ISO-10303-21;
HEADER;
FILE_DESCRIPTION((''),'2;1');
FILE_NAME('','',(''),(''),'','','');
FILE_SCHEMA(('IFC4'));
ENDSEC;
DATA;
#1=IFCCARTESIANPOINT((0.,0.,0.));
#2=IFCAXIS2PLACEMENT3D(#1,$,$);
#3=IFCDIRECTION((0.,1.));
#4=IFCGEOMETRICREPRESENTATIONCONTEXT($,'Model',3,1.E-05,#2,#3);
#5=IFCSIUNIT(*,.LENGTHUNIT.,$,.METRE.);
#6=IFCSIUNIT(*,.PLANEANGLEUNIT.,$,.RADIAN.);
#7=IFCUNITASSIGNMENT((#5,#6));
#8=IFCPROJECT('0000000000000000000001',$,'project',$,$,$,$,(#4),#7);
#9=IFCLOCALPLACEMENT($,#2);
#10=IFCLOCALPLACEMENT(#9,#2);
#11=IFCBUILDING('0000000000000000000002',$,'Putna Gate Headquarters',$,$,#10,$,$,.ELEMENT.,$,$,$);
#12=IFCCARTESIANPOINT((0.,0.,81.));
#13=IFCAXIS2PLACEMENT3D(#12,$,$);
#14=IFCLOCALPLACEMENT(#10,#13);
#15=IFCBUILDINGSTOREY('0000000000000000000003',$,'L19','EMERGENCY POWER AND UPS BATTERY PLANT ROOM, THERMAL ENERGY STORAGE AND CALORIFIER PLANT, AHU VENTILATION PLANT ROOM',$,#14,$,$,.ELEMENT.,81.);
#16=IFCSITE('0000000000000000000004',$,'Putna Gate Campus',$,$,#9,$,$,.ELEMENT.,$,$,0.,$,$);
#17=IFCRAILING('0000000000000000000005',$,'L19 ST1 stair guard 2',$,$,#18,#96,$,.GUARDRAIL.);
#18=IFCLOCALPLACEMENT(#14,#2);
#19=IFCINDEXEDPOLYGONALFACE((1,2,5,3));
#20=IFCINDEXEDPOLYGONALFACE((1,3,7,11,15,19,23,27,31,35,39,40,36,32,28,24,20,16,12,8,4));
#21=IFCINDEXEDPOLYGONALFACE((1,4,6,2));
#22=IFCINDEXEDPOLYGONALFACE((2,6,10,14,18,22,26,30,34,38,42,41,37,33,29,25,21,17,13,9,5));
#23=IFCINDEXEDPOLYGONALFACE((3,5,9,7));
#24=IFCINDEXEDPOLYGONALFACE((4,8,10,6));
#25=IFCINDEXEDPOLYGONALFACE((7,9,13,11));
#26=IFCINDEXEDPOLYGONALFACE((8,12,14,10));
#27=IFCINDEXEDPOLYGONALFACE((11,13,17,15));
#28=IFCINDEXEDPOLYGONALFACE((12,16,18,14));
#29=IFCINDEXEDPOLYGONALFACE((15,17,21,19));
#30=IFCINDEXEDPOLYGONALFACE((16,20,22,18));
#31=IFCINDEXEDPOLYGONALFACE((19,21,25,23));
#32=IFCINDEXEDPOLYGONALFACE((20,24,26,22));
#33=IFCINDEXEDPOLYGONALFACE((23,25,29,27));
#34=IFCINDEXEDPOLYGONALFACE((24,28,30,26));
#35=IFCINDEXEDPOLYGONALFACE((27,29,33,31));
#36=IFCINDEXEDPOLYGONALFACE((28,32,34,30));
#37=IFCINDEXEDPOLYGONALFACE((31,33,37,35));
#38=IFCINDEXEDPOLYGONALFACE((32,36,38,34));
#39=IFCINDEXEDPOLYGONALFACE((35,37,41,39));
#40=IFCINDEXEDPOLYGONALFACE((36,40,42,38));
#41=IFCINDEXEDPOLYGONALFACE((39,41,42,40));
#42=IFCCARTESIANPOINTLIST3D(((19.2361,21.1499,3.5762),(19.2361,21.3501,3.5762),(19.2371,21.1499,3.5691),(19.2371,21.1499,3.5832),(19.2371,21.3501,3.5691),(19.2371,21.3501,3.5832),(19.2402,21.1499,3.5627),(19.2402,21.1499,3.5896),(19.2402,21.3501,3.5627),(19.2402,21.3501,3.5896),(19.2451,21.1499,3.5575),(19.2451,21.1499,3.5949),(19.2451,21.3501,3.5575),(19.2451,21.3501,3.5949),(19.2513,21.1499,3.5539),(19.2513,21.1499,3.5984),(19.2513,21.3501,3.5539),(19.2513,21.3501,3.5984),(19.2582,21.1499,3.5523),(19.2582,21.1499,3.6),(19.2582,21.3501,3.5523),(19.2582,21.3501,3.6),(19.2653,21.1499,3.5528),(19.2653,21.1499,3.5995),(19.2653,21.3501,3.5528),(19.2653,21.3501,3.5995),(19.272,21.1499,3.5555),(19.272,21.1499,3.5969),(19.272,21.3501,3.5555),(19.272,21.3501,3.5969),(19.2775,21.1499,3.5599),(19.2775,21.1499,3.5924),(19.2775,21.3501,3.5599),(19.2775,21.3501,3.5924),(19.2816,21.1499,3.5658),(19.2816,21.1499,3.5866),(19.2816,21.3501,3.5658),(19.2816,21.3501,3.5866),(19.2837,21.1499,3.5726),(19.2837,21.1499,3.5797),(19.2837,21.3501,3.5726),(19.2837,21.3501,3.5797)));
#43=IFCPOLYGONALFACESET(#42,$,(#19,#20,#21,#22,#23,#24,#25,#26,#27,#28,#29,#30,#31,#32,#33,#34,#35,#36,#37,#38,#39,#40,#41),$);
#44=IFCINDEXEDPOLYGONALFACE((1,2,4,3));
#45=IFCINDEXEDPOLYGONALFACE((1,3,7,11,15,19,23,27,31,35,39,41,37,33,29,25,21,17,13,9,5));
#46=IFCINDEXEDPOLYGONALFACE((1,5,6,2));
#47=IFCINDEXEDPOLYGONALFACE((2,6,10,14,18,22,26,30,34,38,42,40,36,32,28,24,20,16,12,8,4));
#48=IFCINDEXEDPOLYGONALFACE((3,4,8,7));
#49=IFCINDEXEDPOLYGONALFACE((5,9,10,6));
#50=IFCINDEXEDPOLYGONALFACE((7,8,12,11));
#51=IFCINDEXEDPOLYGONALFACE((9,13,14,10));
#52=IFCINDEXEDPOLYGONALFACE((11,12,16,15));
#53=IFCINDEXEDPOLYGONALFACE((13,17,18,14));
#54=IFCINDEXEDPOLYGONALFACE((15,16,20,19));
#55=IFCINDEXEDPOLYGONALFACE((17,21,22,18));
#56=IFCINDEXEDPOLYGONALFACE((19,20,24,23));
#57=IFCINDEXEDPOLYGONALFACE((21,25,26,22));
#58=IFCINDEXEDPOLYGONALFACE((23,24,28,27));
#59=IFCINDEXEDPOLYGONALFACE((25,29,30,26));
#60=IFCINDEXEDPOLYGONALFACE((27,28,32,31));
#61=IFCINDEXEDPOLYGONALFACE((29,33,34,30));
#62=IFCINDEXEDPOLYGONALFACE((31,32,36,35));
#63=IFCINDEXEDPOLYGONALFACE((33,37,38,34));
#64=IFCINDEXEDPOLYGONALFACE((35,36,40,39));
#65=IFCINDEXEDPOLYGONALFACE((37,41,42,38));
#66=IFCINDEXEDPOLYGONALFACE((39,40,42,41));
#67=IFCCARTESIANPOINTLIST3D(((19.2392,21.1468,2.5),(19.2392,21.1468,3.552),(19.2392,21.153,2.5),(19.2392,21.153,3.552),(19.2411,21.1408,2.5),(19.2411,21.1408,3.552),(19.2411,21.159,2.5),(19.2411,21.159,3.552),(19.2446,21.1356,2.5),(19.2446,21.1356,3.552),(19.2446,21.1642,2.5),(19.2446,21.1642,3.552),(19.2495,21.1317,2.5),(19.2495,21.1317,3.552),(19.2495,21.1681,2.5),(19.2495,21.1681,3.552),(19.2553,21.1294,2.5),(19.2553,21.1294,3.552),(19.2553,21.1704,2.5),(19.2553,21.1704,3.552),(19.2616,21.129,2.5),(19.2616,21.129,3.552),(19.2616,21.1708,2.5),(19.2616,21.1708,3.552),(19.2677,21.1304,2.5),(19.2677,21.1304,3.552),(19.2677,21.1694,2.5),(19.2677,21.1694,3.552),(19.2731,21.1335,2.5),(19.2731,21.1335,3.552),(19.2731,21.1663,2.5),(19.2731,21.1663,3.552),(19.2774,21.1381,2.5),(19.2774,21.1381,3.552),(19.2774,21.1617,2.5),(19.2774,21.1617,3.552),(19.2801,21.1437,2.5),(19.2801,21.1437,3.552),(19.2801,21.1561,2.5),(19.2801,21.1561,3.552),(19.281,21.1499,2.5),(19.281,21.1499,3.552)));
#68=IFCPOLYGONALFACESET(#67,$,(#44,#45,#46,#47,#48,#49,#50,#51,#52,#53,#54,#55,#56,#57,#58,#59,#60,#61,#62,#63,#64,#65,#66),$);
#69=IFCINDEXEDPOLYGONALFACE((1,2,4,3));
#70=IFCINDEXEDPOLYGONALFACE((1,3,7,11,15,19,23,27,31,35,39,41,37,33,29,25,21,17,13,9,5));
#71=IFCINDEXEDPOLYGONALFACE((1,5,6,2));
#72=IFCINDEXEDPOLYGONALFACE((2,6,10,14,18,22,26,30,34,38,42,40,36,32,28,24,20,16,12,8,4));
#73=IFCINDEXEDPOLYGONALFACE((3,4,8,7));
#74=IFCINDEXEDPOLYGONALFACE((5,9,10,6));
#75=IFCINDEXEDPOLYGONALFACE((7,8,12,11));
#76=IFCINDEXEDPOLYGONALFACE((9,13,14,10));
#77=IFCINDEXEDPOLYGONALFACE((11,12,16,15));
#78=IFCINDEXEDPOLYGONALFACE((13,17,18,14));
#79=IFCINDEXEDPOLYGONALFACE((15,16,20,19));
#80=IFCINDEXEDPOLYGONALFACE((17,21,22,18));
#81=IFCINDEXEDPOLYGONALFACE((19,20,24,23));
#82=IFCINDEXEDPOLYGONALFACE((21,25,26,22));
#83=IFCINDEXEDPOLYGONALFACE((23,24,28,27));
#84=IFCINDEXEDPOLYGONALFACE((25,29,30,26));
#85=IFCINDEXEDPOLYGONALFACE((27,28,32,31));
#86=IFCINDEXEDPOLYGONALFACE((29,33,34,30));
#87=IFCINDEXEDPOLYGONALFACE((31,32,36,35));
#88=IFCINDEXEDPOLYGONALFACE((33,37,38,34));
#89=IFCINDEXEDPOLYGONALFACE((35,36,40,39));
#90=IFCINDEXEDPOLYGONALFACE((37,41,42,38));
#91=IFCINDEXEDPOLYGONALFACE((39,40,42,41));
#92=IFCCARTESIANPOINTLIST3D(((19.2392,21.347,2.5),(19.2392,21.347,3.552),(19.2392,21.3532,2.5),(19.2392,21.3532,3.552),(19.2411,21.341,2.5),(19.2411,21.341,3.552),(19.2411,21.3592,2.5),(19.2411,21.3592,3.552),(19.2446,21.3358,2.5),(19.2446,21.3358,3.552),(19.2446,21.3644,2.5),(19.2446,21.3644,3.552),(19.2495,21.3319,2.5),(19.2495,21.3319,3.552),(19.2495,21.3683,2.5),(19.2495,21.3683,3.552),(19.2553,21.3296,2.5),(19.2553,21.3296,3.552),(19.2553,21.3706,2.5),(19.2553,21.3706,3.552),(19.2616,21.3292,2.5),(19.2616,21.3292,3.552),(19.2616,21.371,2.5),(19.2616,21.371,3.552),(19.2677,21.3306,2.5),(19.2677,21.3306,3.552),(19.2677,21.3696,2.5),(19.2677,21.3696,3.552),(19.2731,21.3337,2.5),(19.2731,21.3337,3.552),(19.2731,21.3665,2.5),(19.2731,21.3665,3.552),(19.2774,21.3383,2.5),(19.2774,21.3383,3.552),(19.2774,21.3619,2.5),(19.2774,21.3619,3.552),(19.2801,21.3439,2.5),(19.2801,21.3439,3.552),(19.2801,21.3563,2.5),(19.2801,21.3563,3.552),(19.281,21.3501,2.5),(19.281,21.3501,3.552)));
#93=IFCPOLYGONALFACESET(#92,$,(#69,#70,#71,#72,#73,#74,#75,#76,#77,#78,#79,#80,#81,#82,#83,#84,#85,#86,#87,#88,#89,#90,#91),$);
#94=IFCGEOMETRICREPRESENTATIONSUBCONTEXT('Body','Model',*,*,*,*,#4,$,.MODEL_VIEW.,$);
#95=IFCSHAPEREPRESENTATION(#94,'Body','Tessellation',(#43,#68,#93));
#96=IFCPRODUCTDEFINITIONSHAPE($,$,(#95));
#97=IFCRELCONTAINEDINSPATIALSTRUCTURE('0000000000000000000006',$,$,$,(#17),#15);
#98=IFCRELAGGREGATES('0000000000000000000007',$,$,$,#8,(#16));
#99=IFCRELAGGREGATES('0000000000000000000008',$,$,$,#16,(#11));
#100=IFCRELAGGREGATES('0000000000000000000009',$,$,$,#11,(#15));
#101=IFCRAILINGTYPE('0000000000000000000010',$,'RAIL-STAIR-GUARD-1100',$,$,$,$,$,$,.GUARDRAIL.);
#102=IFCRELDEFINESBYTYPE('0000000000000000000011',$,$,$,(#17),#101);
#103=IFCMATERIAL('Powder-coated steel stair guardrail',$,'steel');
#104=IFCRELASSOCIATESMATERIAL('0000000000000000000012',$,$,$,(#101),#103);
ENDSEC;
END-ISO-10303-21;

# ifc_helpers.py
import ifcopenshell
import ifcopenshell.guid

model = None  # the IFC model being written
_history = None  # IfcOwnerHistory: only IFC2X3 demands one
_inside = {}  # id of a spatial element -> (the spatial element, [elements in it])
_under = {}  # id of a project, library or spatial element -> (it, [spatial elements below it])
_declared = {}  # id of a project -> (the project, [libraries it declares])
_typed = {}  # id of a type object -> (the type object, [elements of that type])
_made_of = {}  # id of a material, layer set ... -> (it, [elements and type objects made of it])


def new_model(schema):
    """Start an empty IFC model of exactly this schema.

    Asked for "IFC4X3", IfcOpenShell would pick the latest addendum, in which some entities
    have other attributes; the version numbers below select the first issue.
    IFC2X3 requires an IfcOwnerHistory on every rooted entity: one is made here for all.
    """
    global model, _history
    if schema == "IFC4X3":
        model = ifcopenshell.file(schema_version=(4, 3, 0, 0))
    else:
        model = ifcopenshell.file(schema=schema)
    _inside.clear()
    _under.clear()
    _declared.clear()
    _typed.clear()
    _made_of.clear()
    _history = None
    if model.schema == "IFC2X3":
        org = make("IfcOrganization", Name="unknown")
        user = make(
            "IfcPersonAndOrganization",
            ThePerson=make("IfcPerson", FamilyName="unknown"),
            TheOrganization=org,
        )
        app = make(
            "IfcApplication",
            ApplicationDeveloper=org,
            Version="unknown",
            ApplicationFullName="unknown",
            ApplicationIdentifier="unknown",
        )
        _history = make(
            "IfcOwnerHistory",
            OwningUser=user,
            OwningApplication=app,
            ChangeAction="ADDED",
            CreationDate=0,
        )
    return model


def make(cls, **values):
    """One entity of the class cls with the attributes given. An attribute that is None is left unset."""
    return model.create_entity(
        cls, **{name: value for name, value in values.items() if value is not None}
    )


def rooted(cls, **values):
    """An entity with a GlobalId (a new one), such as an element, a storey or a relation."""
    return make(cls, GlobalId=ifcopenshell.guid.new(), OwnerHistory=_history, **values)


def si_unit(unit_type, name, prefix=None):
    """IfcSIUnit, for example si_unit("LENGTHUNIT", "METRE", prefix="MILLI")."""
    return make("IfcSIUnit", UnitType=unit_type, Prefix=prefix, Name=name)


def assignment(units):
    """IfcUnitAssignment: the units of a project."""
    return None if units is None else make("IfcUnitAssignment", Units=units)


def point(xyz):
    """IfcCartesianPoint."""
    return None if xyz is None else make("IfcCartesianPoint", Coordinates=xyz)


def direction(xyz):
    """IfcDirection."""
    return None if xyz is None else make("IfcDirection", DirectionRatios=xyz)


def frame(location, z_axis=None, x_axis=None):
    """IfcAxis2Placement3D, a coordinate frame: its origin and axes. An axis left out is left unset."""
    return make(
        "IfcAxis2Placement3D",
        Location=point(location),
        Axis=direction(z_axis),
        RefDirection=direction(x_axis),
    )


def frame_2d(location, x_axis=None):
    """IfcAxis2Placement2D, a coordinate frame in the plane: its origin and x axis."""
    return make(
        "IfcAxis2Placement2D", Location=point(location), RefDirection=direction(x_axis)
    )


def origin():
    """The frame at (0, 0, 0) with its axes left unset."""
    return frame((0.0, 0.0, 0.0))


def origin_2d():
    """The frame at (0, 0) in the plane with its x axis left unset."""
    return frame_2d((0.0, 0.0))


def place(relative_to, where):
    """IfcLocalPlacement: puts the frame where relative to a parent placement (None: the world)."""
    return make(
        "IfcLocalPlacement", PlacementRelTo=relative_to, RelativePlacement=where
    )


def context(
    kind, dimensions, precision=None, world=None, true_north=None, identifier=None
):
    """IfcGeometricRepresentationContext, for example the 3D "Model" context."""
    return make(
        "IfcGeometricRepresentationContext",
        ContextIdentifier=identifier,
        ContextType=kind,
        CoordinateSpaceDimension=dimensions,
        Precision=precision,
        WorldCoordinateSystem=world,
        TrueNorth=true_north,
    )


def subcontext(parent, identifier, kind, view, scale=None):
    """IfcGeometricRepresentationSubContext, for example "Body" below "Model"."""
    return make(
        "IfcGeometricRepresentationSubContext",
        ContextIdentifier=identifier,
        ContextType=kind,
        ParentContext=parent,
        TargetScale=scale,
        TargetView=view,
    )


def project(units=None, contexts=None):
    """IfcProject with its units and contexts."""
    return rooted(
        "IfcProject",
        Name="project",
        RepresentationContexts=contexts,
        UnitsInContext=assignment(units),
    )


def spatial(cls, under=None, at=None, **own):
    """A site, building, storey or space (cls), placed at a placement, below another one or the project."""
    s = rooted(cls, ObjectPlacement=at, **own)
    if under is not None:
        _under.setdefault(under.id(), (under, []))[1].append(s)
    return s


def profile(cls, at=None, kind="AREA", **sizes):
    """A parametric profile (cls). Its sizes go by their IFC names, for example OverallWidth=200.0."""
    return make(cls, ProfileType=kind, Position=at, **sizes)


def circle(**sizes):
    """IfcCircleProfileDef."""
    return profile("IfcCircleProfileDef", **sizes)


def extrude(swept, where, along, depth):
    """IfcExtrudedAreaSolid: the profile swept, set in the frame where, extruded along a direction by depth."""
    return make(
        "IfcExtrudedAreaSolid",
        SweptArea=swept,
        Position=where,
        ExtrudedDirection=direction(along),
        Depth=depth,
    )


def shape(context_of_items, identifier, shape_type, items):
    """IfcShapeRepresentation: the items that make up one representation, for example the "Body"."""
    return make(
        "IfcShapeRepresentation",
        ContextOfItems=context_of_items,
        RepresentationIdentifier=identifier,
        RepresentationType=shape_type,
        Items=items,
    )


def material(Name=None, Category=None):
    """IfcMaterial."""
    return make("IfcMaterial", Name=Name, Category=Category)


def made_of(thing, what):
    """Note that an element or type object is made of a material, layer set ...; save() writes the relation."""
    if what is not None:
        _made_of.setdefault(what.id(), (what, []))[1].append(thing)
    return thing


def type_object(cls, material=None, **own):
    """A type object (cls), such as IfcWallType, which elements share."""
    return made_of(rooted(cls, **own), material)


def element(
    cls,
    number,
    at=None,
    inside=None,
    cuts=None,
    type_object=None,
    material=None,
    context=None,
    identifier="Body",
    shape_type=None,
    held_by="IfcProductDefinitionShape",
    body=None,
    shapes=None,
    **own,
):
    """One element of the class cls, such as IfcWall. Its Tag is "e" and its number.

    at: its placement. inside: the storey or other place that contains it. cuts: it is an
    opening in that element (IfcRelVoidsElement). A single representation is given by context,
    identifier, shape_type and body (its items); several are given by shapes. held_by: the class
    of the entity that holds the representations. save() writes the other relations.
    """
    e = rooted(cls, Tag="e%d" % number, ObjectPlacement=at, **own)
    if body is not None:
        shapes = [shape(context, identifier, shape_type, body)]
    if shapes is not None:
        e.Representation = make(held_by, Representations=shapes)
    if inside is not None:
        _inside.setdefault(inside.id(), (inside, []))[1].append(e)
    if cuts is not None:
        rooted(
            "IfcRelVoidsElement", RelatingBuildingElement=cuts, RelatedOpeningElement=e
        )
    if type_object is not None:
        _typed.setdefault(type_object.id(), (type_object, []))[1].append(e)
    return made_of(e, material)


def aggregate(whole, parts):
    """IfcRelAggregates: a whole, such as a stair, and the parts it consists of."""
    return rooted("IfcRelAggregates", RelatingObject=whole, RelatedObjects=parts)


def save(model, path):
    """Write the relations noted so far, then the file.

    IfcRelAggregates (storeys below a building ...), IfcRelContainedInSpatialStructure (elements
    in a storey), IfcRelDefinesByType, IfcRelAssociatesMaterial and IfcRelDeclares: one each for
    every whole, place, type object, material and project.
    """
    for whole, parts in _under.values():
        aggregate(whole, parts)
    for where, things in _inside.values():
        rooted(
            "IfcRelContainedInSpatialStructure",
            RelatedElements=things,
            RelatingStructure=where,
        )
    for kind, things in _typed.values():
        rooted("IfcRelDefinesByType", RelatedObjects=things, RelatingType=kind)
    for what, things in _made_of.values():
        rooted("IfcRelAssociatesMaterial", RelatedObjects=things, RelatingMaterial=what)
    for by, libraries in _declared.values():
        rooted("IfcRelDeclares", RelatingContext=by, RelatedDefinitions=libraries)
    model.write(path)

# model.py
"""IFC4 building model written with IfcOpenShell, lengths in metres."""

from ifc_helpers import new_model, si_unit, direction, frame, origin, origin_2d, place, context, subcontext, project, spatial, circle, extrude, material, type_object, element, save


model = new_model("IFC4")

# Units and contexts
model_context = context("Model", 3, precision=1e-05, world=origin(), true_north=direction((0.0, 1.0)))
body_context = subcontext(model_context, "Body", "Model", "MODEL_VIEW")
ifc_project = project(units=[si_unit("LENGTHUNIT", "METRE"), si_unit("PLANEANGLEUNIT", "RADIAN")], contexts=[model_context])

# Site, building, storey
site_placement = place(None, origin())
site = spatial("IfcSite", under=ifc_project, at=site_placement, Name="Putna Gate Campus", CompositionType="ELEMENT", RefElevation=0.0)
building_placement = place(site_placement, origin())
building = spatial("IfcBuilding", under=site, at=building_placement, Name="Putna Gate Headquarters", CompositionType="ELEMENT")
storey_placement = place(building_placement, frame((0.0, 0.0, 81.0)))
storey = spatial("IfcBuildingStorey", under=building, at=storey_placement, Name="L19", Description="EMERGENCY POWER AND UPS BATTERY PLANT ROOM, THERMAL ENERGY STORAGE AND CALORIFIER PLANT, AHU VENTILATION PLANT ROOM", CompositionType="ELEMENT", Elevation=81.0)

# Railing
ifc_material_1 = material(Name="Powder-coated steel stair guardrail", Category="steel")
railing_type_1 = type_object("IfcRailingType", Name="RAIL-STAIR-GUARD-1100", PredefinedType="GUARDRAIL", material=ifc_material_1)
railing_1_placement = place(storey_placement, frame((19.26, 21.1499, 2.5)))
element("IfcRailing", 1, at=railing_1_placement, inside=storey, type_object=railing_type_1, Name="L19 ST1 stair guard 2", PredefinedType="GUARDRAIL", context=body_context, shape_type="SweptSolid", body=[
    extrude(circle(Radius=0.0239, at=origin_2d()), frame((0.0, 0.0, 1.0762), z_axis=(0.0, 1.0, 0.0), x_axis=(-1.0, 0.0, 0.0)), (0.0, 0.0, 1.0), 0.2002),
    extrude(circle(Radius=0.021, at=origin_2d()), origin(), (0.0, 0.0, 1.0), 1.052),
    extrude(circle(Radius=0.021, at=origin_2d()), frame((0.0, 0.2002, 0.0)), (0.0, 0.0, 1.0), 1.052),
])

save(model, "model.ifc")
